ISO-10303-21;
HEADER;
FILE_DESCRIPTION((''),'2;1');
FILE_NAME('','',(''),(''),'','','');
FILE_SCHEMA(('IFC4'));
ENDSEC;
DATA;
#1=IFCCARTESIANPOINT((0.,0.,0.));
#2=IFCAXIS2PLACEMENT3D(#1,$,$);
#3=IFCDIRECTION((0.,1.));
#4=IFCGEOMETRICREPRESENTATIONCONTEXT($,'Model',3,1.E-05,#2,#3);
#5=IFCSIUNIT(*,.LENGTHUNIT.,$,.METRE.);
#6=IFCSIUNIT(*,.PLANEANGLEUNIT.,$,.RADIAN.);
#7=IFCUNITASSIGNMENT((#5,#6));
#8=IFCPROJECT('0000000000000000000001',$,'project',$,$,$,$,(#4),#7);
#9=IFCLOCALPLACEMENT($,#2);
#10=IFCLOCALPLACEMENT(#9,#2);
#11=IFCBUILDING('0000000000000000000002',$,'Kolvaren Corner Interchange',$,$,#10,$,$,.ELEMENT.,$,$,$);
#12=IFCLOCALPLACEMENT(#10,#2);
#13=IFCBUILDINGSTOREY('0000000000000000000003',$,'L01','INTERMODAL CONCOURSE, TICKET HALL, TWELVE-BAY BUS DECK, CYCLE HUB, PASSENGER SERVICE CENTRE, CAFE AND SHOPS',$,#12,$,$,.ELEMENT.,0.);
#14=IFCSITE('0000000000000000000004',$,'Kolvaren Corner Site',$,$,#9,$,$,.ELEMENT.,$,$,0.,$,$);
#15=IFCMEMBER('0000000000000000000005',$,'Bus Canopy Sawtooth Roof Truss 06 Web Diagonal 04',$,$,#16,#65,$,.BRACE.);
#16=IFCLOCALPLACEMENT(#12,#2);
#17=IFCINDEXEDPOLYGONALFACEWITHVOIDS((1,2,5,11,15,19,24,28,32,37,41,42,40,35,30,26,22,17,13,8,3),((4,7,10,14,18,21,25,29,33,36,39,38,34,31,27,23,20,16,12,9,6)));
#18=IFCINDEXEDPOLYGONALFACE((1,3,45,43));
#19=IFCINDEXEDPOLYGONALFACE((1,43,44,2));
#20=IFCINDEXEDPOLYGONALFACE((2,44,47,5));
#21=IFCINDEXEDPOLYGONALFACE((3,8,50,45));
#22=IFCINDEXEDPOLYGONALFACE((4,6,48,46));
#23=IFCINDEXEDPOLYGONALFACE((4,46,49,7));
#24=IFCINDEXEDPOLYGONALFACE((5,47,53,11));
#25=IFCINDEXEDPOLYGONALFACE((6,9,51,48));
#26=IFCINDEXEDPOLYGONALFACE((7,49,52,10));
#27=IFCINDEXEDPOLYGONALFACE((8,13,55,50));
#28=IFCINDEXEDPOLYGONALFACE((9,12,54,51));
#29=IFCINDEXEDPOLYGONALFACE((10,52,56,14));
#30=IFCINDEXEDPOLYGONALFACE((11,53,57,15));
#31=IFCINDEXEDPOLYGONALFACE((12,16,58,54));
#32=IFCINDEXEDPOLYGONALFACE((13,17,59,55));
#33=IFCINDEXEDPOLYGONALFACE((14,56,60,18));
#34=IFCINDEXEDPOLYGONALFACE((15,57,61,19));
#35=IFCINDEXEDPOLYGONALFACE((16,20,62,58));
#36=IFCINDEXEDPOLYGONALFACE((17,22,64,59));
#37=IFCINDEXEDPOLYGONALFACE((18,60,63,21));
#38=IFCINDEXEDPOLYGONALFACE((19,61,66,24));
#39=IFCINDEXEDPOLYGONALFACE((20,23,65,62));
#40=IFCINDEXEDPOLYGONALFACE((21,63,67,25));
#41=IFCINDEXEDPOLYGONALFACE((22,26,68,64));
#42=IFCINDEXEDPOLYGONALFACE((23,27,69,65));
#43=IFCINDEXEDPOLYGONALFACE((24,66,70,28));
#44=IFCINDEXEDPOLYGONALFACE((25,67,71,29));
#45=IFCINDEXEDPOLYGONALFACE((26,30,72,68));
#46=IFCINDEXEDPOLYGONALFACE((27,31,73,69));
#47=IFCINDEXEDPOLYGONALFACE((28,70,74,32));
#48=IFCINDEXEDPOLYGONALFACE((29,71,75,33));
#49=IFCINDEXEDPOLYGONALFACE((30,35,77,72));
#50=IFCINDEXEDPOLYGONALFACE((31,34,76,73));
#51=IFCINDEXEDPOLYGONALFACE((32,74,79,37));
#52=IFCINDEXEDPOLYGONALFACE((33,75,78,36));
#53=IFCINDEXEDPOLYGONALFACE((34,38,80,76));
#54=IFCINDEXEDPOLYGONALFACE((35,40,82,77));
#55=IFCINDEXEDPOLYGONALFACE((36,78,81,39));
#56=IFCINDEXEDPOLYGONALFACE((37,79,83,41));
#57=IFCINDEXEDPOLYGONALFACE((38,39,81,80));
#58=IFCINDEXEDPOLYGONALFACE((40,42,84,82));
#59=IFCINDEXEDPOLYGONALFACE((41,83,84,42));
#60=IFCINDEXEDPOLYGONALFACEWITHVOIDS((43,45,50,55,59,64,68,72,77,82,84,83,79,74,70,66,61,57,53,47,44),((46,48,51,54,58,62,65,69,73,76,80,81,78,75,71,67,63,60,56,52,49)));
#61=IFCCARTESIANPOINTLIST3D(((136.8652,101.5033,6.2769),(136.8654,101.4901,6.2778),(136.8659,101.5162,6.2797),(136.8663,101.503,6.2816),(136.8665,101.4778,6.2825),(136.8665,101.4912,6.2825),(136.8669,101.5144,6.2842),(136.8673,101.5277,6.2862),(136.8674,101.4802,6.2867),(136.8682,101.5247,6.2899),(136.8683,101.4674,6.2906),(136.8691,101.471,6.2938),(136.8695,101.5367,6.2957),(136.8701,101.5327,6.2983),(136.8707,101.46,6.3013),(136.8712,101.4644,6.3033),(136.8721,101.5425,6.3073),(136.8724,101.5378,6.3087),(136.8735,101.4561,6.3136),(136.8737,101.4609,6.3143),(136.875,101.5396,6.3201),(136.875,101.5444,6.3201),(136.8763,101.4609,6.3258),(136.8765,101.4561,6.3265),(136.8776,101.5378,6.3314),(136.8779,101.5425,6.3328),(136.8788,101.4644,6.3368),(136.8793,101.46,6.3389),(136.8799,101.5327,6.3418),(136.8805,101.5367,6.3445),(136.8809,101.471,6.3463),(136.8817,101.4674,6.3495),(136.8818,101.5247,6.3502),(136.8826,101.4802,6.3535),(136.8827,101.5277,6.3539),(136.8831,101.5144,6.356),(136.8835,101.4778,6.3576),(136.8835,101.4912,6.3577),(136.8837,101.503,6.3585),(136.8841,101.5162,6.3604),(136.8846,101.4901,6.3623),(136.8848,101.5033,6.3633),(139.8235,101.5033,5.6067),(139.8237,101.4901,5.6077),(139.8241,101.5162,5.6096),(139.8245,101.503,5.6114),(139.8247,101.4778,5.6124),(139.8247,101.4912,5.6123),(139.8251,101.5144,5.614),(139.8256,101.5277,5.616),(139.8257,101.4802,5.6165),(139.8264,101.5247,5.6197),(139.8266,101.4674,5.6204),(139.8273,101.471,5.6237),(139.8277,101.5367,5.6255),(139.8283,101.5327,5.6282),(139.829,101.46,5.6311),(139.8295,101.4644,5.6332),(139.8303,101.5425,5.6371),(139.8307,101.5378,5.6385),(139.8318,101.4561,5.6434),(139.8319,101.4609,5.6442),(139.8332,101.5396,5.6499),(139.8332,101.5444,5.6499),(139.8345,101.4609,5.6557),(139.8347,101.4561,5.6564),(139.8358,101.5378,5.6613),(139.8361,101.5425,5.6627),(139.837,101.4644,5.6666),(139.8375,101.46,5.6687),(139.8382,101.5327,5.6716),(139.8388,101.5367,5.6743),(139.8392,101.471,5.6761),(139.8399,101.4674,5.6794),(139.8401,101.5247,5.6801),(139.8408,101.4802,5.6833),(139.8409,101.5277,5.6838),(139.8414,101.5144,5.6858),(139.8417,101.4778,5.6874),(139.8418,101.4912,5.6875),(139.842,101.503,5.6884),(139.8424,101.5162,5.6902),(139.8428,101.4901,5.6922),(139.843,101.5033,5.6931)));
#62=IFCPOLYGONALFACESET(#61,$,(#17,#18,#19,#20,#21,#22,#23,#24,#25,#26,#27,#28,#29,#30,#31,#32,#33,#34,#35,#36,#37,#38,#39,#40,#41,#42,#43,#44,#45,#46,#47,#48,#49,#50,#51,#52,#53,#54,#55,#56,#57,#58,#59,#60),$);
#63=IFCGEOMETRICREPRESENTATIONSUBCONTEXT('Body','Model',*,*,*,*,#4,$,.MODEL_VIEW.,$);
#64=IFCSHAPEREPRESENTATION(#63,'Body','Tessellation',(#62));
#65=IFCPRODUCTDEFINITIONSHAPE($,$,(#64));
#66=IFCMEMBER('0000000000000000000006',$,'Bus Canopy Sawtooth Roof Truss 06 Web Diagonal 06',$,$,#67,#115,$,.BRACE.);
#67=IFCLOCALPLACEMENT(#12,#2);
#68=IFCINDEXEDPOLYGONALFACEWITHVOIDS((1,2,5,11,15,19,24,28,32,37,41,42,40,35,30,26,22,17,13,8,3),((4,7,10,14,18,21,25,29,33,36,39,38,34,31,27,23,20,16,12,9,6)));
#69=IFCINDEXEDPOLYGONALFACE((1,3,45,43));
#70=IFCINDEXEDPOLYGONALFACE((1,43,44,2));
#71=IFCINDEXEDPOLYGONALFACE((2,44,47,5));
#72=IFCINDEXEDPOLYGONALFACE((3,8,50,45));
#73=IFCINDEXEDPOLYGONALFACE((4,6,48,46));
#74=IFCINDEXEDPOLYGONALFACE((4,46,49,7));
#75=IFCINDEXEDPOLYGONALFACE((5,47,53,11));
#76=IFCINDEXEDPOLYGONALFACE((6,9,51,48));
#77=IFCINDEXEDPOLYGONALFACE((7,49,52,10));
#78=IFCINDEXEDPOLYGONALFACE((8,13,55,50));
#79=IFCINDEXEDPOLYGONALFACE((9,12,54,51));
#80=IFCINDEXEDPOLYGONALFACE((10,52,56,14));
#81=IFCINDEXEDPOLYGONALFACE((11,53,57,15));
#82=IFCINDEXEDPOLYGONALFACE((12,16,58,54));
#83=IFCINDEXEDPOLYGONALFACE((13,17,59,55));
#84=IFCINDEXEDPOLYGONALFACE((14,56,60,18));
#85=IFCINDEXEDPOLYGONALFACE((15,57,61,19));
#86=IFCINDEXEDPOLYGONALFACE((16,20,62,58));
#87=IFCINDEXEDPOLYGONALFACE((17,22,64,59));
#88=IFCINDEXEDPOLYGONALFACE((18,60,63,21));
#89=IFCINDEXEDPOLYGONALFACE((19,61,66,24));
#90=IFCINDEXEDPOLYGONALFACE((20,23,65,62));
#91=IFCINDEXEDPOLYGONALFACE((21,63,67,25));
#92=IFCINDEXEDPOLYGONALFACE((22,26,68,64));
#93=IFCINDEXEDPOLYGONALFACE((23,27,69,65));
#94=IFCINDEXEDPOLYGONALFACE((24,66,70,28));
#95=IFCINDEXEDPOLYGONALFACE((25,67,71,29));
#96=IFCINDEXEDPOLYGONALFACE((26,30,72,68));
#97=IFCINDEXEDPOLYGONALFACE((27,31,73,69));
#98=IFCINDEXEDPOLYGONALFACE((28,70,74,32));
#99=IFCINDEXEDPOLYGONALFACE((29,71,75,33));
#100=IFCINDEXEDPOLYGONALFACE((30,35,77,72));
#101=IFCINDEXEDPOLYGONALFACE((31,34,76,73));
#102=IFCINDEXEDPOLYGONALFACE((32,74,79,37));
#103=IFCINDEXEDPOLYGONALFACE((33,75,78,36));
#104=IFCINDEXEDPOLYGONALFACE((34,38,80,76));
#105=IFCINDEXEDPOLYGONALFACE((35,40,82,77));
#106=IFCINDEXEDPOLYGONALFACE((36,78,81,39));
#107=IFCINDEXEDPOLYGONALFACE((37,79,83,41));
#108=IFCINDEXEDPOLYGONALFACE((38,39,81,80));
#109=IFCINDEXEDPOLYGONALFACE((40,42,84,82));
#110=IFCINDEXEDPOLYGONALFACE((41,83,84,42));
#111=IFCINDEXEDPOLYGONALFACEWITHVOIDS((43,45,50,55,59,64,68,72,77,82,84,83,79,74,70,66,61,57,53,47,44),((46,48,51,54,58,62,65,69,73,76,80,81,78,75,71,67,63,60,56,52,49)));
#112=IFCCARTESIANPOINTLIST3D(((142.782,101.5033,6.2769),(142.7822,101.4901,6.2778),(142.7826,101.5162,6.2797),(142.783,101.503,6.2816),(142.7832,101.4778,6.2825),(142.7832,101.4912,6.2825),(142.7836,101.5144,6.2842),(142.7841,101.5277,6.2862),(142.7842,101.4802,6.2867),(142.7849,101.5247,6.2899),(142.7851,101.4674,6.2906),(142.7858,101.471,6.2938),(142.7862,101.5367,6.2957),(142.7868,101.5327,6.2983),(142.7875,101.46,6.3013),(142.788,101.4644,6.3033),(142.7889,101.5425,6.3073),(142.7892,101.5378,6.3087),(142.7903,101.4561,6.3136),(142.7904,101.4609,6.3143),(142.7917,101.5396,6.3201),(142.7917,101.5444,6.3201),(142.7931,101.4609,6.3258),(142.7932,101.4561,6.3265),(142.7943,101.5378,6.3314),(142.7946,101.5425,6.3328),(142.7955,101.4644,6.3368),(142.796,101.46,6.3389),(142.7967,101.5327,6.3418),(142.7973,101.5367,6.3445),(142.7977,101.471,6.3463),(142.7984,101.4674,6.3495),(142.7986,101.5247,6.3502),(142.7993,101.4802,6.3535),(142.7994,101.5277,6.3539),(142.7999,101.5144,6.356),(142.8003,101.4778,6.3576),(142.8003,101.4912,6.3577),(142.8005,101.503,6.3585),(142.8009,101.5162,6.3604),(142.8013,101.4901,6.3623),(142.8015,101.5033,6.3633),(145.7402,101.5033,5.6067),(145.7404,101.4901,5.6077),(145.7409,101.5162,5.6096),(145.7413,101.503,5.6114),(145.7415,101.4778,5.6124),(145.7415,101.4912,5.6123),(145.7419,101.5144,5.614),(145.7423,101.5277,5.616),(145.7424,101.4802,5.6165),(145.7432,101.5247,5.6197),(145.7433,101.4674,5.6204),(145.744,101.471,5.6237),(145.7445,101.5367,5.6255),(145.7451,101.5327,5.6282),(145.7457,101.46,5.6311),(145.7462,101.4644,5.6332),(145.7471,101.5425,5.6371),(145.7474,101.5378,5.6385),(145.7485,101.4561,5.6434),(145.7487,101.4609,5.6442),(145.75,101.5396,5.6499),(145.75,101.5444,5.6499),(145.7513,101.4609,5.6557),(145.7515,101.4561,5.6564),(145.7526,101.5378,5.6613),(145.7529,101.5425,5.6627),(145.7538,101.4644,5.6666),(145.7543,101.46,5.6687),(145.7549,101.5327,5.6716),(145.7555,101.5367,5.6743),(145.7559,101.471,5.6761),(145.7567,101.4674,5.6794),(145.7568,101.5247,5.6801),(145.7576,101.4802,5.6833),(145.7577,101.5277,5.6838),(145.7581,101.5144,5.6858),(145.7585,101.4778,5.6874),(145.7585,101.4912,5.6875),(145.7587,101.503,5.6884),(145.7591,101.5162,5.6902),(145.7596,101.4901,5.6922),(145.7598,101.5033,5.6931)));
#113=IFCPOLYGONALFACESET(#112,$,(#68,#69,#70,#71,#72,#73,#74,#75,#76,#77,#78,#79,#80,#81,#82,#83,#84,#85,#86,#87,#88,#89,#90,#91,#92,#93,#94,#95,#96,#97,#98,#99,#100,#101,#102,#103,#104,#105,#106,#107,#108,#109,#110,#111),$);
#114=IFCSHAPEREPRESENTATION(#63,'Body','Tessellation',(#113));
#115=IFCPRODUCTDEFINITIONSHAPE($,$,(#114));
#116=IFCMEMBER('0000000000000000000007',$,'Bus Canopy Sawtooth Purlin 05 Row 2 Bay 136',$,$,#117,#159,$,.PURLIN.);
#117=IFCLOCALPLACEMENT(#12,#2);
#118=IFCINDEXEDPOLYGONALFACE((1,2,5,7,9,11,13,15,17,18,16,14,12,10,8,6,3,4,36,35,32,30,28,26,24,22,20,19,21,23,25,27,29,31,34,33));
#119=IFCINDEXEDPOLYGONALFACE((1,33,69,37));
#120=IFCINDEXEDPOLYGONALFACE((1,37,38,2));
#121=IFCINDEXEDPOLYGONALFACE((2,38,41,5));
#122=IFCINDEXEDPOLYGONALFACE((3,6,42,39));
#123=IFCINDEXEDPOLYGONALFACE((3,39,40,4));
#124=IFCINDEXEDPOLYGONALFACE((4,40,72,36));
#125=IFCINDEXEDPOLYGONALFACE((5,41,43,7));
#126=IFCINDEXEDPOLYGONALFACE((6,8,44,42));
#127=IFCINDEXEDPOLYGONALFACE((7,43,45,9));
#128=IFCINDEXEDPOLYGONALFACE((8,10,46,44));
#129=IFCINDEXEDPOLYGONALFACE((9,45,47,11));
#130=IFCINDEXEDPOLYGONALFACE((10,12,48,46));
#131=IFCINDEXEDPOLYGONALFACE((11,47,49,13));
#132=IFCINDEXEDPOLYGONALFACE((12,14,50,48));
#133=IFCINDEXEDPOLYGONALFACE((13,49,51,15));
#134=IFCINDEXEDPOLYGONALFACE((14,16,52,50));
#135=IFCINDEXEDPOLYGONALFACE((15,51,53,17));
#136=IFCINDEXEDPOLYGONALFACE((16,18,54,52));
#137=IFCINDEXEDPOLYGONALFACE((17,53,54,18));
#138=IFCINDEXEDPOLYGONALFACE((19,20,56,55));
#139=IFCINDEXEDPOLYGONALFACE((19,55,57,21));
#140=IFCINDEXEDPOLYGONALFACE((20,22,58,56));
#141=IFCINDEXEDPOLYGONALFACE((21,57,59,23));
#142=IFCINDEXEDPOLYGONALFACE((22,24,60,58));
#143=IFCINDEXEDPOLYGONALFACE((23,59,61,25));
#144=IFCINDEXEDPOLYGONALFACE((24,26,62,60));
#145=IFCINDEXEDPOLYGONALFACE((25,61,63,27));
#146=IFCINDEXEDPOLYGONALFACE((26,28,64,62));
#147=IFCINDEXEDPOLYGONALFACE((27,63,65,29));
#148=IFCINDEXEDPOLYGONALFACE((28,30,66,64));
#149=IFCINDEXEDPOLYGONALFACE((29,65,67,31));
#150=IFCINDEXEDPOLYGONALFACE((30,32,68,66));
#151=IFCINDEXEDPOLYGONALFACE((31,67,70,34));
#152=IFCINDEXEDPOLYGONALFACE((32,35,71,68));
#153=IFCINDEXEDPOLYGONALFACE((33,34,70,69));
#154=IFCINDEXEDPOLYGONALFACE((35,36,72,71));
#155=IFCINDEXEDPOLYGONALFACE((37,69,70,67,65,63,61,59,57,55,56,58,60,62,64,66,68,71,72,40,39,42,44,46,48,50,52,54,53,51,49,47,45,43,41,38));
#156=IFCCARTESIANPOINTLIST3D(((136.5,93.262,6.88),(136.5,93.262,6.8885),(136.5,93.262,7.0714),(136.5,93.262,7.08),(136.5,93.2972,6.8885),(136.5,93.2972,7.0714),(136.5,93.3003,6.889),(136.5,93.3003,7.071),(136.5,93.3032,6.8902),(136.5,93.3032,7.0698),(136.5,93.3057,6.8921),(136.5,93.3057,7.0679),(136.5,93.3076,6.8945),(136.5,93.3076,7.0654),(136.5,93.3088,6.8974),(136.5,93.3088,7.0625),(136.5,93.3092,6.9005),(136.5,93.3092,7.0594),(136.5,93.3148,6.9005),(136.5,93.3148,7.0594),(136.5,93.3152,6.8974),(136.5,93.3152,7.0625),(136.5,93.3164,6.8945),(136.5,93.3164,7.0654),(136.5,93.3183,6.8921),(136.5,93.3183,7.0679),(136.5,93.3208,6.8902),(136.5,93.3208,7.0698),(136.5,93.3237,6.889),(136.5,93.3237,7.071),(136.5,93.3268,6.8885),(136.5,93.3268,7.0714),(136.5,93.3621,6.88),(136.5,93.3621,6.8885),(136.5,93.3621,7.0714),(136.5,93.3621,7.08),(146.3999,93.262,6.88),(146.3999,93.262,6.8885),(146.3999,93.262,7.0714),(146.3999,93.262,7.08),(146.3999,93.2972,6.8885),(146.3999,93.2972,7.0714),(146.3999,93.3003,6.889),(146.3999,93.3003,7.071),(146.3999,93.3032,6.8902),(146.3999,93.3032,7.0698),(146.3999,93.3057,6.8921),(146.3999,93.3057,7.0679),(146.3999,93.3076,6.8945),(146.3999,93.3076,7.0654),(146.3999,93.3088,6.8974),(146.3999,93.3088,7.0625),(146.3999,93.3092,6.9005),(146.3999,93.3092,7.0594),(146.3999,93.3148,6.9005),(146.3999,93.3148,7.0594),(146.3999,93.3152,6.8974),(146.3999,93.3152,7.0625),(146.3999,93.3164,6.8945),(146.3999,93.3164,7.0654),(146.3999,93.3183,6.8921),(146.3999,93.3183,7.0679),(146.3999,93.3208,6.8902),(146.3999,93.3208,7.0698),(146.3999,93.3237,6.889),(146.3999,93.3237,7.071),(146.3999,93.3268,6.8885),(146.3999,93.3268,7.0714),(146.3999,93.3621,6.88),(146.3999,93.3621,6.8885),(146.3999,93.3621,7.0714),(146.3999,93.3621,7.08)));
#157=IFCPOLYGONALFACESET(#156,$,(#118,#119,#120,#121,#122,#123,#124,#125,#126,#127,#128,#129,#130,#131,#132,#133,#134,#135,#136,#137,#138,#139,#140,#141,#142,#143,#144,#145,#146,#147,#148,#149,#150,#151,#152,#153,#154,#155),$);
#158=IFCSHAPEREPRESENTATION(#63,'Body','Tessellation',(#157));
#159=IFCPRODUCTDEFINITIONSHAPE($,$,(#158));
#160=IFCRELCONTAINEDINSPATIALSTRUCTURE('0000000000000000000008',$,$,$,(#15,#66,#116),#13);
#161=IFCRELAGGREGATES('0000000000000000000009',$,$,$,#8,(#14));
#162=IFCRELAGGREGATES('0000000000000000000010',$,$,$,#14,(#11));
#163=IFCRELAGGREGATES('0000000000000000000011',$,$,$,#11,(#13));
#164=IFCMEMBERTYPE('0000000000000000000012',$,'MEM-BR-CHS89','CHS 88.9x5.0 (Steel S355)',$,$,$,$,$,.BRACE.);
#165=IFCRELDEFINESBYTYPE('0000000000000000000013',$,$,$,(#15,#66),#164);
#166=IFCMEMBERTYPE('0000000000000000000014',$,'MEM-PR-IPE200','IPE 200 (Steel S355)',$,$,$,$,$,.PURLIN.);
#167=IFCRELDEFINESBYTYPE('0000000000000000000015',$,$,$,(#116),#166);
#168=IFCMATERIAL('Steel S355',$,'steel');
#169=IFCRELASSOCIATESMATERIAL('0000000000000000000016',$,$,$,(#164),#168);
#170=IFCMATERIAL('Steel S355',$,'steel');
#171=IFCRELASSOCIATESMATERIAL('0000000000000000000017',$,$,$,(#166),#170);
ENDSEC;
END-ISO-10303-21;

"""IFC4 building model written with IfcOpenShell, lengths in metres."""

from ifc_helpers import new_model, si_unit, direction, frame, origin, origin_2d, place, context, subcontext, project, spatial, hollow_circle, i_section, extrude, material, material_profile, profile_set, type_object, element, save


model = new_model("IFC4")

# Units and contexts
model_context = context("Model", 3, precision=1e-05, world=origin(), true_north=direction((0.0, 1.0)))
body_context = subcontext(model_context, "Body", "Model", "MODEL_VIEW")
ifc_project = project(units=[si_unit("LENGTHUNIT", "METRE"), si_unit("PLANEANGLEUNIT", "RADIAN")], contexts=[model_context])

# Site, building, storey
site_placement = place(None, origin())
site = spatial("IfcSite", under=ifc_project, at=site_placement, Name="Kolvaren Corner Site", CompositionType="ELEMENT", RefElevation=0.0)
building_placement = place(site_placement, origin())
building = spatial("IfcBuilding", under=site, at=building_placement, Name="Kolvaren Corner Interchange", CompositionType="ELEMENT")
storey_placement = place(building_placement, origin())
storey = spatial("IfcBuildingStorey", under=building, at=storey_placement, Name="L01", Description="INTERMODAL CONCOURSE, TICKET HALL, TWELVE-BAY BUS DECK, CYCLE HUB, PASSENGER SERVICE CENTRE, CAFE AND SHOPS", CompositionType="ELEMENT", Elevation=0.0)

# Members
ifc_material_1 = material(Name="Steel S355", Category="steel")
ifc_material_profile_1 = material_profile(ifc_material_1, hollow_circle(Radius=0.0444, WallThickness=0.0049, at=origin_2d()), Name="CHS 88.9x5.0")
ifc_profile_set_1 = profile_set([ifc_material_profile_1], Name="Steel S355")
member_type_1 = type_object("IfcMemberType", Name="MEM-BR-CHS89", Description="CHS 88.9x5.0 (Steel S355)", PredefinedType="BRACE", material=ifc_profile_set_1)
for number, where, z_axis, x_axis, name in (
    (1, (136.875, 101.5, 6.3201), (0.975287, 0.0, -0.220943), (0.0, 1.0, 0.0), "Bus Canopy Sawtooth Roof Truss 06 Web Diagonal 04"),
    (2, (142.7917, 101.5, 6.3201), (0.975287, 0.0, -0.220943), (0.0, 1.0, 0.0), "Bus Canopy Sawtooth Roof Truss 06 Web Diagonal 06"),
):
    element("IfcMember", number, at=place(storey_placement, frame(where, z_axis=z_axis, x_axis=x_axis)), inside=storey, type_object=member_type_1, Name=name, PredefinedType="BRACE", context=body_context, shape_type="SweptSolid", body=[
        extrude(hollow_circle(Radius=0.0444, WallThickness=0.0049, at=origin_2d()), origin(), (0.0, 0.0, 1.0), 3.0332),
    ])
ifc_material_2 = material(Name="Steel S355", Category="steel")
ifc_material_profile_2 = material_profile(ifc_material_2, i_section(OverallWidth=0.1001, OverallDepth=0.2, WebThickness=0.0056, FlangeThickness=0.0085, FilletRadius=0.012, at=origin_2d()), Name="IPE 200")
ifc_profile_set_2 = profile_set([ifc_material_profile_2], Name="Steel S355")
member_type_2 = type_object("IfcMemberType", Name="MEM-PR-IPE200", Description="IPE 200 (Steel S355)", PredefinedType="PURLIN", material=ifc_profile_set_2)
member_1_placement = place(storey_placement, frame((136.5, 93.312, 6.98), z_axis=(1.0, 0.0, 0.0), x_axis=(0.0, 1.0, 0.0)))
element("IfcMember", 3, at=member_1_placement, inside=storey, type_object=member_type_2, Name="Bus Canopy Sawtooth Purlin 05 Row 2 Bay 136", PredefinedType="PURLIN", context=body_context, shape_type="SweptSolid", body=[
    extrude(i_section(OverallWidth=0.1001, OverallDepth=0.2, WebThickness=0.0056, FlangeThickness=0.0085, FilletRadius=0.012, at=origin_2d()), origin(), (0.0, 0.0, 1.0), 9.8999),
])

save(model, "model.ifc")
